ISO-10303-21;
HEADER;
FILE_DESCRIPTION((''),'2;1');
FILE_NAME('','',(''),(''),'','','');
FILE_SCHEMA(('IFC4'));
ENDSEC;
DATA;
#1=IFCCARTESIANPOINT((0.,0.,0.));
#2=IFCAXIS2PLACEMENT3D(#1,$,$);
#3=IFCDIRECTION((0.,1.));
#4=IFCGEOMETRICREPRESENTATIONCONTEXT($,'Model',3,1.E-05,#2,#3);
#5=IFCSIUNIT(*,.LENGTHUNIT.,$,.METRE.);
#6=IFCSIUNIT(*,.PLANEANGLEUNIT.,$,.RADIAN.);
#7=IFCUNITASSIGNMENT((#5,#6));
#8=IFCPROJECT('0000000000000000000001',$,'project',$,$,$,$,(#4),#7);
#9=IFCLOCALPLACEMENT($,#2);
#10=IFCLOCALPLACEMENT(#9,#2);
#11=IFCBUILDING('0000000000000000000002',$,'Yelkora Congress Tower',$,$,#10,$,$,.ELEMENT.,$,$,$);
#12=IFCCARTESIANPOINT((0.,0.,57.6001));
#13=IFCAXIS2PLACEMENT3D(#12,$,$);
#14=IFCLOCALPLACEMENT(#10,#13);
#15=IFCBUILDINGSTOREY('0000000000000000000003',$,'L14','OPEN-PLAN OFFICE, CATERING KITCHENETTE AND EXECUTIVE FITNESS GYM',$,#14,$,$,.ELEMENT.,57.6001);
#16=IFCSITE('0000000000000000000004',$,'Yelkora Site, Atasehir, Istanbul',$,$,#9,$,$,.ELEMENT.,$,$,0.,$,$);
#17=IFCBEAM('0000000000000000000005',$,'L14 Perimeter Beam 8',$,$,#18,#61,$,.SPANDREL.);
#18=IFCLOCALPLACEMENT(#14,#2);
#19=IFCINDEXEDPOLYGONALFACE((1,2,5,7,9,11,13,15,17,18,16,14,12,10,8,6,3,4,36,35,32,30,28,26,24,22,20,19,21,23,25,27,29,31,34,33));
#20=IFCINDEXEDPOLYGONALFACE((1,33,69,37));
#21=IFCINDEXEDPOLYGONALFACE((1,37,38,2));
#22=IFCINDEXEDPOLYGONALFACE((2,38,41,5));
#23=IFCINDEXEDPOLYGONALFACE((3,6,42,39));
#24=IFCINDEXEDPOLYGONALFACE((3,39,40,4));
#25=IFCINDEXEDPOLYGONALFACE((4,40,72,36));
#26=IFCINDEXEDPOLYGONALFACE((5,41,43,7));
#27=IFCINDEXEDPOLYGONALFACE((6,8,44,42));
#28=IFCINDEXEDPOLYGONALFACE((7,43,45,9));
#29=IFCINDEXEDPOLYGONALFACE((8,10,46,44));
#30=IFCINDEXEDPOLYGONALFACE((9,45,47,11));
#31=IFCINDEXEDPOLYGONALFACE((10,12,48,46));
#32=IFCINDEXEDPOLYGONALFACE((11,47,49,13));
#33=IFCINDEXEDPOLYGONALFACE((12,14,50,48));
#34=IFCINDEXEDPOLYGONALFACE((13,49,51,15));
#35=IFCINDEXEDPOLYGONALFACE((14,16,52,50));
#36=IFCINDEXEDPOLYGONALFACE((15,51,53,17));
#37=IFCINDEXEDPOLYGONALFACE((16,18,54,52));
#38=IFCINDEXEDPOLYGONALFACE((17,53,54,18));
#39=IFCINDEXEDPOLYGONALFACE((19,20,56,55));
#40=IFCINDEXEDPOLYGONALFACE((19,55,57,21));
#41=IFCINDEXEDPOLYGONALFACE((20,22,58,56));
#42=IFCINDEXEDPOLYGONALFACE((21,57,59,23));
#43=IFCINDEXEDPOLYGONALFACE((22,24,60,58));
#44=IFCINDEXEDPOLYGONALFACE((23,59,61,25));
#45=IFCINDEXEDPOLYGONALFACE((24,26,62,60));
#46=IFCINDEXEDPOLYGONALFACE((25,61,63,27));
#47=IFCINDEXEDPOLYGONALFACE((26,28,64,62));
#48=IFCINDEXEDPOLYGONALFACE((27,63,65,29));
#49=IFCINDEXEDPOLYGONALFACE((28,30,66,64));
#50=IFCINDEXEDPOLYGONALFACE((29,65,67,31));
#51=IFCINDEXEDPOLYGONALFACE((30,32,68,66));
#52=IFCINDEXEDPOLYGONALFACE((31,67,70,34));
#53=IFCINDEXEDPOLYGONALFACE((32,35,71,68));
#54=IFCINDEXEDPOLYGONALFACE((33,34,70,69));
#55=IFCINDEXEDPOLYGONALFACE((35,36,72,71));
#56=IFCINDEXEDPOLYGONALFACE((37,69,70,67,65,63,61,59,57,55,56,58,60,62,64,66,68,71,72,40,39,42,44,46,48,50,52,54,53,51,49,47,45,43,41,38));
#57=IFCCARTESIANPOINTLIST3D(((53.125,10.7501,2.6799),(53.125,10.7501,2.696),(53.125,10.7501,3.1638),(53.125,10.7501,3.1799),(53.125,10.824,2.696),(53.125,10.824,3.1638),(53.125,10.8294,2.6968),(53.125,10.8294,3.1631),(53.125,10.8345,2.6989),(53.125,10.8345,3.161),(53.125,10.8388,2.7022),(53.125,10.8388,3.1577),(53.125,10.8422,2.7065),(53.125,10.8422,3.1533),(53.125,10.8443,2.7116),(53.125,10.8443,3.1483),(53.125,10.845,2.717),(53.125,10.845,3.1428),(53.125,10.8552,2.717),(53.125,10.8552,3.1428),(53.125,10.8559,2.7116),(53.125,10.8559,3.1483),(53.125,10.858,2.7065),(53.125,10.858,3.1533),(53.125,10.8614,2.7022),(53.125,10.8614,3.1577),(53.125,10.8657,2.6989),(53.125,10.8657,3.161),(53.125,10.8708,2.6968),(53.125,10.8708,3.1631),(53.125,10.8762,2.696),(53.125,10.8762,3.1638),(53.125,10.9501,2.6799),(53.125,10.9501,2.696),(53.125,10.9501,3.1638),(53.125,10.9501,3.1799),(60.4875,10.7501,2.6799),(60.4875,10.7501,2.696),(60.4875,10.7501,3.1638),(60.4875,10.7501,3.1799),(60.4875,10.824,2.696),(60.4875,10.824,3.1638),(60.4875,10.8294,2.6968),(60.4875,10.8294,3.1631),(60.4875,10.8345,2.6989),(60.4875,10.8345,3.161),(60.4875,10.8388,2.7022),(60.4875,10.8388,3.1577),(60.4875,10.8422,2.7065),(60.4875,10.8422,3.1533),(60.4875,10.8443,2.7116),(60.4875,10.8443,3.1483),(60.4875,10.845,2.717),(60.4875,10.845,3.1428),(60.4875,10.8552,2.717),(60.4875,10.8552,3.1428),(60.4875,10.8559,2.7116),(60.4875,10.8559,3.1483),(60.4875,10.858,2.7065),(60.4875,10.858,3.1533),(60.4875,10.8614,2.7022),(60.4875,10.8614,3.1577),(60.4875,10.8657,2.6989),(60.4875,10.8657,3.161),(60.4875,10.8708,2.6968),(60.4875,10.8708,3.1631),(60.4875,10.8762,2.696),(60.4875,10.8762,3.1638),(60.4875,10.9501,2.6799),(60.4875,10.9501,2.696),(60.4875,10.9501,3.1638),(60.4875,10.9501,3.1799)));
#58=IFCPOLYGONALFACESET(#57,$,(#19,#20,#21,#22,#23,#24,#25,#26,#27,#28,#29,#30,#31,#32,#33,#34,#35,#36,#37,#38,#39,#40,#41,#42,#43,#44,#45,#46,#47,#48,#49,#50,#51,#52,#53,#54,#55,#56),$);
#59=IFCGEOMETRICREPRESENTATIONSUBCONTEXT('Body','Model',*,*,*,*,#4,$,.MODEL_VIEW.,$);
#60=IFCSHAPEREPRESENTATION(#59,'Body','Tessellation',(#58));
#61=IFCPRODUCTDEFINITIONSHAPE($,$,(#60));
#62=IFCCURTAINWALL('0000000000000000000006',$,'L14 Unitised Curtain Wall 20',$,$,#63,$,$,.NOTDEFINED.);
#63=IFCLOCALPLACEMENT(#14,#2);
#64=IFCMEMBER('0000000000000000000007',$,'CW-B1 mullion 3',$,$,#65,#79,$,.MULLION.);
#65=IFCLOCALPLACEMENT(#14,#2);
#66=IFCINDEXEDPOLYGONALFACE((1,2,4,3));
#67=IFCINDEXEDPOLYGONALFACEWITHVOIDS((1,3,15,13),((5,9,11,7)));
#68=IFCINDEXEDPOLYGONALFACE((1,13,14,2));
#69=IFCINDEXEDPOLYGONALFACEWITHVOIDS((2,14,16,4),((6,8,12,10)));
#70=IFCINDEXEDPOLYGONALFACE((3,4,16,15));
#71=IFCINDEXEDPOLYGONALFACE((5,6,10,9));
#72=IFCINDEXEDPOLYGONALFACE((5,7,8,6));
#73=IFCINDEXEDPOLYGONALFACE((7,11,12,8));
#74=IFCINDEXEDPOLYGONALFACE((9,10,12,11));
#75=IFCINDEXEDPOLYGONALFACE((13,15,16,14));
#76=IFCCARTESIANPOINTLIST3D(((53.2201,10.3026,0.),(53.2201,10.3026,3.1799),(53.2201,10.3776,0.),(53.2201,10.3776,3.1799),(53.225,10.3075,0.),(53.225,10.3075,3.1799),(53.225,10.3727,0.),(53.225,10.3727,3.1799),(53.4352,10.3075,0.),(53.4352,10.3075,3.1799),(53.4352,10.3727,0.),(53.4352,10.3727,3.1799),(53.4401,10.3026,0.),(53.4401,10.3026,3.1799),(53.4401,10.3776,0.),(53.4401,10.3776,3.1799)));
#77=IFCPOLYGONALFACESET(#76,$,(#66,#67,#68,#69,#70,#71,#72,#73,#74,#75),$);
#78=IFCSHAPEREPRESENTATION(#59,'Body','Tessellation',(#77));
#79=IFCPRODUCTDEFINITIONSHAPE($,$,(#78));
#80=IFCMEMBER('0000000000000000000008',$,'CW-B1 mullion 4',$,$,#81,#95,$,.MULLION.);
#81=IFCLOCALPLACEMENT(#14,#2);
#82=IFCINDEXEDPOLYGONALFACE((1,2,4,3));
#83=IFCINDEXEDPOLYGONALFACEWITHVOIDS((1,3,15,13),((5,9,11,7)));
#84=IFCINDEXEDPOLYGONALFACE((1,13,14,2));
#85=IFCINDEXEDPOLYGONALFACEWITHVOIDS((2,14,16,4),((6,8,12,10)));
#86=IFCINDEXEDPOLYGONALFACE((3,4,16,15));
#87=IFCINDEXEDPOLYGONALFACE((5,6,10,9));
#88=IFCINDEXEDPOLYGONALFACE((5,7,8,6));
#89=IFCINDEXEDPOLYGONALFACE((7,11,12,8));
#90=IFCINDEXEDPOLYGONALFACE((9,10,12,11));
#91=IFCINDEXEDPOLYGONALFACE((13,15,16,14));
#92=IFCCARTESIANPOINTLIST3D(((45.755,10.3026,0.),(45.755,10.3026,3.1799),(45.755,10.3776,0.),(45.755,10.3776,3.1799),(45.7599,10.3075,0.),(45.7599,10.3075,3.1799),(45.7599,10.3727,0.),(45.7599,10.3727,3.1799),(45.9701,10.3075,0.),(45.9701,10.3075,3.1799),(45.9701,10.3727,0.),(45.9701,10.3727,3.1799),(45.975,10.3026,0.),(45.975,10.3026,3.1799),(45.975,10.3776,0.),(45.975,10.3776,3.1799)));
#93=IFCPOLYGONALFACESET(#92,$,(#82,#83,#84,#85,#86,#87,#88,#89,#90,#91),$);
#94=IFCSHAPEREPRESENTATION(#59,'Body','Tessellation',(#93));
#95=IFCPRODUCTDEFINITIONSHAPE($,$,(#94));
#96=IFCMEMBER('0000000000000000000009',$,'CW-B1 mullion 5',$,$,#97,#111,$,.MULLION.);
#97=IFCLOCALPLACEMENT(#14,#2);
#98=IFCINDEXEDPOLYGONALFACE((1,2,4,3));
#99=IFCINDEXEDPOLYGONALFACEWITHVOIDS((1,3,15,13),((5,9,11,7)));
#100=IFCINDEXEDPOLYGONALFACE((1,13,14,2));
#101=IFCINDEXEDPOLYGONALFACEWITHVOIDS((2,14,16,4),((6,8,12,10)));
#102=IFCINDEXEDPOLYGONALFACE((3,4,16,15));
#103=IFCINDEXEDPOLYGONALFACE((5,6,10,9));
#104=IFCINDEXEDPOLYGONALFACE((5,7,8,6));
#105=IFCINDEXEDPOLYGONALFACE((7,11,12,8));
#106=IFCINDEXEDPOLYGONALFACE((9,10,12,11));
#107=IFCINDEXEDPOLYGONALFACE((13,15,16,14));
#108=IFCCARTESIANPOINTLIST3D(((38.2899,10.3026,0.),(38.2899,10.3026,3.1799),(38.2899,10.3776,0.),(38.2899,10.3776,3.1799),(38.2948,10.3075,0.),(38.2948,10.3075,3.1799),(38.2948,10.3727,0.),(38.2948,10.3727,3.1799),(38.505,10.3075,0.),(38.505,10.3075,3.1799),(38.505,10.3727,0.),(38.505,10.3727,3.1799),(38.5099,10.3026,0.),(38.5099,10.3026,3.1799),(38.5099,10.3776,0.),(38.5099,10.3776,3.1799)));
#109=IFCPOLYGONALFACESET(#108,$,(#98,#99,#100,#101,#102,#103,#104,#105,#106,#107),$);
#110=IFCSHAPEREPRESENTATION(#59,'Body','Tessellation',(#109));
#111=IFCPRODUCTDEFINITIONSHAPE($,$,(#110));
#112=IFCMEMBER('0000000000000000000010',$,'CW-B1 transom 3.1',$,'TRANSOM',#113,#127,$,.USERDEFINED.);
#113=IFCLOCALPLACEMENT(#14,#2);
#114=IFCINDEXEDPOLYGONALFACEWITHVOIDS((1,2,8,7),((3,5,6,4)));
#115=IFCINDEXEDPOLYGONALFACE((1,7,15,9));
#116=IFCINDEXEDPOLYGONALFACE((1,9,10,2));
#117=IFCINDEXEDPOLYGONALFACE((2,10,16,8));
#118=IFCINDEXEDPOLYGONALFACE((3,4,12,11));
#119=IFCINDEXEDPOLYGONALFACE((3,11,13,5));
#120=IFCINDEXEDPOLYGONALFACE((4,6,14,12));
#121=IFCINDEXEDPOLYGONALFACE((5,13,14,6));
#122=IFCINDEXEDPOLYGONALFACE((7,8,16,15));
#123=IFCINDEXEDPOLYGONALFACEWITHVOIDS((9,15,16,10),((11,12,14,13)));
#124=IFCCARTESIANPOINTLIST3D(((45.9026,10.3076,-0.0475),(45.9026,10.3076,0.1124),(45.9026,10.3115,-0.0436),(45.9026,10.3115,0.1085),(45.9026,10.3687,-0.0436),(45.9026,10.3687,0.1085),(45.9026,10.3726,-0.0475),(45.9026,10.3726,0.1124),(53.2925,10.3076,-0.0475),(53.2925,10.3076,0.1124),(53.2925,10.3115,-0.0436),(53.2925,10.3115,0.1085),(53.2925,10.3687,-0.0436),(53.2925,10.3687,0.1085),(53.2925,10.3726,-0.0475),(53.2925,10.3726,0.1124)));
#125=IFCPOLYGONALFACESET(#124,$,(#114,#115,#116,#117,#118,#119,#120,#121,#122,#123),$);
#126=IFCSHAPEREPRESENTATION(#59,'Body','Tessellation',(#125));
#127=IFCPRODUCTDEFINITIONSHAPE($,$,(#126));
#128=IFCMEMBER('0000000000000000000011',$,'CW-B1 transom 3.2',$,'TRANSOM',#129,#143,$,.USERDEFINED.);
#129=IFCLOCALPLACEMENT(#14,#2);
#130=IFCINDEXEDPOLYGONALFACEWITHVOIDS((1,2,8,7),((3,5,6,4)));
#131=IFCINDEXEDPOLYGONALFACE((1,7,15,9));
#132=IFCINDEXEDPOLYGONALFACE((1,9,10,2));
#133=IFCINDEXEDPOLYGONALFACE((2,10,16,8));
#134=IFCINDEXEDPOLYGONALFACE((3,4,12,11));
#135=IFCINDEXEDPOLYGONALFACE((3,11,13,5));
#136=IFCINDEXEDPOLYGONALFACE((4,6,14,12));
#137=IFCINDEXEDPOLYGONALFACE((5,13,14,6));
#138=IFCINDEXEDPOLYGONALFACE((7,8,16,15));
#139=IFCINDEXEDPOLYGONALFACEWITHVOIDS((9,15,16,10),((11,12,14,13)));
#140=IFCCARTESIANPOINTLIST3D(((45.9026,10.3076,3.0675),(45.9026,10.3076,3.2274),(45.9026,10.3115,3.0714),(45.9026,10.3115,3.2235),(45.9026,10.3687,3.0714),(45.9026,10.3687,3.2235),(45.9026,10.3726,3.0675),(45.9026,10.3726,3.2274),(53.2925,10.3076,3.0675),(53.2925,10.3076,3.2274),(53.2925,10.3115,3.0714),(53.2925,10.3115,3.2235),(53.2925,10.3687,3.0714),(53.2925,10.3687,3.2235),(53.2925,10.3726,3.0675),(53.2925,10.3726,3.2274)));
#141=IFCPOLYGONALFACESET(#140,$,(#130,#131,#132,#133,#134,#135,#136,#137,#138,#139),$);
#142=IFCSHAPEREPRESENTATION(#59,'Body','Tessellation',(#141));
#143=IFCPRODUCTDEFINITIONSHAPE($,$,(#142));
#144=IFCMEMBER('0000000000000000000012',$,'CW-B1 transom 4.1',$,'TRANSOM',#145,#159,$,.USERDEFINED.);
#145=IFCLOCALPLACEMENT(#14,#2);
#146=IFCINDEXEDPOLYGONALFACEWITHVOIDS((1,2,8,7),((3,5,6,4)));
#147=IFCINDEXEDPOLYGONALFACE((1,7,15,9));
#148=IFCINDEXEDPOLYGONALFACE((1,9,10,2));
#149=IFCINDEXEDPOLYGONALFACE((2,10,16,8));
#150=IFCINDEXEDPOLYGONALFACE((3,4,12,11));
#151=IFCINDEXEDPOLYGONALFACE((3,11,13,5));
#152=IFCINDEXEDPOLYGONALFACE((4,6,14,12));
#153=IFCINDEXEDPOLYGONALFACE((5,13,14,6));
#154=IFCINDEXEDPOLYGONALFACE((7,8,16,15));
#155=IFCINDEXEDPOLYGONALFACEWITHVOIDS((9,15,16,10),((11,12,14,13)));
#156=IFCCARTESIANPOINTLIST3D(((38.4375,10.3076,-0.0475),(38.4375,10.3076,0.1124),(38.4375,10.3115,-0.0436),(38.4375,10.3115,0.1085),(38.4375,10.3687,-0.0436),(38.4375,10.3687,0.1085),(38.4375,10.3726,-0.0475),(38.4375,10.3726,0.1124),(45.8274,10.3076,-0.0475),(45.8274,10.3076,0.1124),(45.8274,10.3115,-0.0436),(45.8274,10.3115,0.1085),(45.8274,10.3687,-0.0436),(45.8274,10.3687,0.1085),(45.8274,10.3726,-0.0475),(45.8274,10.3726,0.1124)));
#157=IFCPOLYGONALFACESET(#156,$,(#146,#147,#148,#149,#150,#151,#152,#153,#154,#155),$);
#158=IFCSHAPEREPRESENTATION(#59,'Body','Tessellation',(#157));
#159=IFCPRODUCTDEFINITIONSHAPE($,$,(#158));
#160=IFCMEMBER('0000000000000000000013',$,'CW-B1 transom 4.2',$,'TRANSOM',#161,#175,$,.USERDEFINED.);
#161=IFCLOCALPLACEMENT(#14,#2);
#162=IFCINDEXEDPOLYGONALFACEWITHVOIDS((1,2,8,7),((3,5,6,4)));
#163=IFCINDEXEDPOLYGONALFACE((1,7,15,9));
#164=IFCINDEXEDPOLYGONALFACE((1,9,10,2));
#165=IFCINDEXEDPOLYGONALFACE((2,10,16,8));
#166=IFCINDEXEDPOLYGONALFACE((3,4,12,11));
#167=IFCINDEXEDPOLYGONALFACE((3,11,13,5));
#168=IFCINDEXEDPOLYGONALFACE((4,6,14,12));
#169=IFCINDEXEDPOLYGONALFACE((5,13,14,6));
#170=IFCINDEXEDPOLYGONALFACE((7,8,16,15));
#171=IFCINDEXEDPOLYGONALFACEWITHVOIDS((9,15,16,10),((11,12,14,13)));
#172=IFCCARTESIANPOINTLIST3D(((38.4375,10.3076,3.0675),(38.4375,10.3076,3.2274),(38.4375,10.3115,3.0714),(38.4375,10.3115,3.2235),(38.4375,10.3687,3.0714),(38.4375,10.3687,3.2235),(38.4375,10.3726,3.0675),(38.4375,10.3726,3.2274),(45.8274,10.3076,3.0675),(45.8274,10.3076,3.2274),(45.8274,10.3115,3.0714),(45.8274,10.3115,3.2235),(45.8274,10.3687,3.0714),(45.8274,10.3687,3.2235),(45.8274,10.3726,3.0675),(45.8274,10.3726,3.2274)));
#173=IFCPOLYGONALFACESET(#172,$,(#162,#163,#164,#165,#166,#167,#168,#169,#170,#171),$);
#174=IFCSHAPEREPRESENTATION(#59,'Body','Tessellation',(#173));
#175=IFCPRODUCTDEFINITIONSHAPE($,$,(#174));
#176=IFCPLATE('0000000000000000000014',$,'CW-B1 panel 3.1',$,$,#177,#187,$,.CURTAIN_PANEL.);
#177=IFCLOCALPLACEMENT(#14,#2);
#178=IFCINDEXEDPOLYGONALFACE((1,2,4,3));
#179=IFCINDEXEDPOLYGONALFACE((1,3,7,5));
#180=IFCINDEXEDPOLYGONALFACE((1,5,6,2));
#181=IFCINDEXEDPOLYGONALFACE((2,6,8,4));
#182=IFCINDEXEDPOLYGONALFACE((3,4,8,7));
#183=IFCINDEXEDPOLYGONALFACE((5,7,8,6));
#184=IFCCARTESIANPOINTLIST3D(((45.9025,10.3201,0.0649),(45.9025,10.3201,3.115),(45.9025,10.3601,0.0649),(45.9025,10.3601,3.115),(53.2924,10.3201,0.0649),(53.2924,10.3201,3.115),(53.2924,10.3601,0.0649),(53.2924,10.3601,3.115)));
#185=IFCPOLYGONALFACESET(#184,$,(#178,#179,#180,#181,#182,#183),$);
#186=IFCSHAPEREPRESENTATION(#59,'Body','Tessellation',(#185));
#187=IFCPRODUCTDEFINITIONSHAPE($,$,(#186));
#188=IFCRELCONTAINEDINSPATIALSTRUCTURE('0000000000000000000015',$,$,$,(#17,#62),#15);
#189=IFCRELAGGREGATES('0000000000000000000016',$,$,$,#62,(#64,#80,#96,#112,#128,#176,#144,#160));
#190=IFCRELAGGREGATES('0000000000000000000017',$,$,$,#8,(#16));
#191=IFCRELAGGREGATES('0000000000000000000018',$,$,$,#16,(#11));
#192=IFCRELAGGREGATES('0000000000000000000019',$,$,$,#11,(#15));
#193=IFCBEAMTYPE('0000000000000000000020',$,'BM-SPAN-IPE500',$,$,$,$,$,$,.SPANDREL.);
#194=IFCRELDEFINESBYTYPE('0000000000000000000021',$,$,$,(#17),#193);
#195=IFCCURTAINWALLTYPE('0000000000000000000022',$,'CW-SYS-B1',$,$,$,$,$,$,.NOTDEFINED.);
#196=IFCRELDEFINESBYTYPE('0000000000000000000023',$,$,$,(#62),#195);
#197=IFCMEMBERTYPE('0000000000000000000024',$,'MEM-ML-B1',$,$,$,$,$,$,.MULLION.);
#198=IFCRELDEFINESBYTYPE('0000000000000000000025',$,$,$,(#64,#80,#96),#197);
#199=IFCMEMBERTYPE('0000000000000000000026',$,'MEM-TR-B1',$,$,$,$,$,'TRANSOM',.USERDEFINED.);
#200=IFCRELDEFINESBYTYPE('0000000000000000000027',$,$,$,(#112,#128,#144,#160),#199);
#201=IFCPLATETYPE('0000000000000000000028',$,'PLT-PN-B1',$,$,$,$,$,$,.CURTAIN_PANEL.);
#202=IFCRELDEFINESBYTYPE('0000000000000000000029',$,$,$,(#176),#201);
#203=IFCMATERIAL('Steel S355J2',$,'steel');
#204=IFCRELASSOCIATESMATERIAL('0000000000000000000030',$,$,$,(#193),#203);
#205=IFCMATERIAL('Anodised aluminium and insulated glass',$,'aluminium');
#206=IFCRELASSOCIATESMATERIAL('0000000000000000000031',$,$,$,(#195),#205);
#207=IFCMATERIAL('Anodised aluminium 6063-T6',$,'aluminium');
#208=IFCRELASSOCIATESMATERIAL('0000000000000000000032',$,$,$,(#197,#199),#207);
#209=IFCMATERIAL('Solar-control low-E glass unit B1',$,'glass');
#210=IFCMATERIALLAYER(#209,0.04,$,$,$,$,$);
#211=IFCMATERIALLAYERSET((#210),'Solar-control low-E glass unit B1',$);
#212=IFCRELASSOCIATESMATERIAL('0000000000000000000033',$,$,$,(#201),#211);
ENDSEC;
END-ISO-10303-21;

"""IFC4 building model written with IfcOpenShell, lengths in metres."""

from ifc_helpers import new_model, si_unit, direction, frame, origin, origin_2d, place, context, subcontext, project, spatial, rectangle, hollow_rectangle, i_section, extrude, material, layer, layer_set, material_profile, profile_set, type_object, element, aggregate, save


model = new_model("IFC4")

# Units and contexts
model_context = context("Model", 3, precision=1e-05, world=origin(), true_north=direction((0.0, 1.0)))
body_context = subcontext(model_context, "Body", "Model", "MODEL_VIEW")
ifc_project = project(units=[si_unit("LENGTHUNIT", "METRE"), si_unit("PLANEANGLEUNIT", "RADIAN")], contexts=[model_context])

# Site, building, storey
site_placement = place(None, origin())
site = spatial("IfcSite", under=ifc_project, at=site_placement, Name="Yelkora Site, Atasehir, Istanbul", CompositionType="ELEMENT", RefElevation=0.0)
building_placement = place(site_placement, origin())
building = spatial("IfcBuilding", under=site, at=building_placement, Name="Yelkora Congress Tower", CompositionType="ELEMENT")
storey_placement = place(building_placement, frame((0.0, 0.0, 57.6001)))
storey = spatial("IfcBuildingStorey", under=building, at=storey_placement, Name="L14", Description="OPEN-PLAN OFFICE, CATERING KITCHENETTE AND EXECUTIVE FITNESS GYM", CompositionType="ELEMENT", Elevation=57.6001)

# Beam
ifc_material_1 = material(Name="Steel S355J2", Category="steel")
ifc_material_profile_1 = material_profile(ifc_material_1, i_section(OverallWidth=0.2, OverallDepth=0.5, WebThickness=0.0103, FlangeThickness=0.0161, FilletRadius=0.021, at=origin_2d()), Name="IPE 500")
ifc_profile_set_1 = profile_set([ifc_material_profile_1], Name="Steel S355J2")
beam_type_1 = type_object("IfcBeamType", Name="BM-SPAN-IPE500", PredefinedType="SPANDREL", material=ifc_profile_set_1)
for number, where, z_axis, x_axis, name in (
    (1, (53.125, 10.8501, 2.9299), (1.0, 0.0, 0.0), (0.0, 1.0, 0.0), "L14 Perimeter Beam 8"),
):
    element("IfcBeam", number, at=place(storey_placement, frame(where, z_axis=z_axis, x_axis=x_axis)), inside=storey, type_object=beam_type_1, Name=name, PredefinedType="SPANDREL", context=body_context, shape_type="SweptSolid", body=[
        extrude(i_section(OverallWidth=0.2, OverallDepth=0.5, WebThickness=0.0103, FlangeThickness=0.0161, FilletRadius=0.021, at=origin_2d()), origin(), (0.0, 0.0, 1.0), 7.3625),
    ])

# Curtain wall, members, plate
ifc_material_2 = material(Name="Anodised aluminium and insulated glass", Category="aluminium")
curtain_wall_type = type_object("IfcCurtainWallType", Name="CW-SYS-B1", PredefinedType="NOTDEFINED", material=ifc_material_2)
curtain_wall_placement = place(storey_placement, origin())
curtain_wall = element("IfcCurtainWall", 2, at=curtain_wall_placement, inside=storey, type_object=curtain_wall_type, Name="L14 Unitised Curtain Wall 20", PredefinedType="NOTDEFINED")
ifc_material_3 = material(Name="Anodised aluminium 6063-T6", Category="aluminium")
ifc_material_profile_2 = material_profile(ifc_material_3, hollow_rectangle(XDim=0.075, YDim=0.22, WallThickness=0.0049, at=origin_2d()), Name="ALU 75x220x5")
ifc_profile_set_2 = profile_set([ifc_material_profile_2], Name="Anodised aluminium 6063-T6")
member_type_1 = type_object("IfcMemberType", Name="MEM-ML-B1", PredefinedType="MULLION", material=ifc_profile_set_2)
member_1_placement = place(storey_placement, frame((53.3301, 10.3401, 0.0), z_axis=(0.0, 0.0, 1.0), x_axis=(0.0, -1.0, 0.0)))
member_1 = element("IfcMember", 3, at=member_1_placement, type_object=member_type_1, Name="CW-B1 mullion 3", PredefinedType="MULLION", context=body_context, shape_type="SweptSolid", body=[
    extrude(hollow_rectangle(XDim=0.075, YDim=0.22, WallThickness=0.0049, at=origin_2d()), origin(), (0.0, 0.0, 1.0), 3.1799),
])
member_2_placement = place(storey_placement, frame((45.865, 10.3401, 0.0), z_axis=(0.0, 0.0, 1.0), x_axis=(0.0, -1.0, 0.0)))
member_2 = element("IfcMember", 4, at=member_2_placement, type_object=member_type_1, Name="CW-B1 mullion 4", PredefinedType="MULLION", context=body_context, shape_type="SweptSolid", body=[
    extrude(hollow_rectangle(XDim=0.075, YDim=0.22, WallThickness=0.0049, at=origin_2d()), origin(), (0.0, 0.0, 1.0), 3.1799),
])
member_3_placement = place(storey_placement, frame((38.3999, 10.3401, 0.0), z_axis=(0.0, 0.0, 1.0), x_axis=(0.0, -1.0, 0.0)))
member_3 = element("IfcMember", 5, at=member_3_placement, type_object=member_type_1, Name="CW-B1 mullion 5", PredefinedType="MULLION", context=body_context, shape_type="SweptSolid", body=[
    extrude(hollow_rectangle(XDim=0.075, YDim=0.22, WallThickness=0.0049, at=origin_2d()), origin(), (0.0, 0.0, 1.0), 3.1799),
])
ifc_material_profile_3 = material_profile(ifc_material_3, hollow_rectangle(XDim=0.0649, YDim=0.1599, WallThickness=0.0039, at=origin_2d()), Name="ALU 65x160x4")
ifc_profile_set_3 = profile_set([ifc_material_profile_3], Name="Anodised aluminium 6063-T6")
member_type_2 = type_object("IfcMemberType", Name="MEM-TR-B1", ElementType="TRANSOM", PredefinedType="USERDEFINED", material=ifc_profile_set_3)
member_4_placement = place(storey_placement, frame((53.2925, 10.3401, 0.0325), z_axis=(-1.0, 0.0, 0.0), x_axis=(0.0, -1.0, 0.0)))
member_4 = element("IfcMember", 6, at=member_4_placement, type_object=member_type_2, Name="CW-B1 transom 3.1", ObjectType="TRANSOM", PredefinedType="USERDEFINED", context=body_context, shape_type="SweptSolid", body=[
    extrude(hollow_rectangle(XDim=0.0649, YDim=0.1599, WallThickness=0.0039, at=origin_2d()), origin(), (0.0, 0.0, 1.0), 7.3899),
])
member_5_placement = place(storey_placement, frame((53.2925, 10.3401, 3.1475), z_axis=(-1.0, 0.0, 0.0), x_axis=(0.0, -1.0, 0.0)))
member_5 = element("IfcMember", 7, at=member_5_placement, type_object=member_type_2, Name="CW-B1 transom 3.2", ObjectType="TRANSOM", PredefinedType="USERDEFINED", context=body_context, shape_type="SweptSolid", body=[
    extrude(hollow_rectangle(XDim=0.0649, YDim=0.1599, WallThickness=0.0039, at=origin_2d()), origin(), (0.0, 0.0, 1.0), 7.3899),
])
member_6_placement = place(storey_placement, frame((45.8274, 10.3401, 0.0325), z_axis=(-1.0, 0.0, 0.0), x_axis=(0.0, -1.0, 0.0)))
member_6 = element("IfcMember", 8, at=member_6_placement, type_object=member_type_2, Name="CW-B1 transom 4.1", ObjectType="TRANSOM", PredefinedType="USERDEFINED", context=body_context, shape_type="SweptSolid", body=[
    extrude(hollow_rectangle(XDim=0.0649, YDim=0.1599, WallThickness=0.0039, at=origin_2d()), origin(), (0.0, 0.0, 1.0), 7.3899),
])
member_7_placement = place(storey_placement, frame((45.8274, 10.3401, 3.1475), z_axis=(-1.0, 0.0, 0.0), x_axis=(0.0, -1.0, 0.0)))
member_7 = element("IfcMember", 9, at=member_7_placement, type_object=member_type_2, Name="CW-B1 transom 4.2", ObjectType="TRANSOM", PredefinedType="USERDEFINED", context=body_context, shape_type="SweptSolid", body=[
    extrude(hollow_rectangle(XDim=0.0649, YDim=0.1599, WallThickness=0.0039, at=origin_2d()), origin(), (0.0, 0.0, 1.0), 7.3899),
])
ifc_material_4 = material(Name="Solar-control low-E glass unit B1", Category="glass")
ifc_layer_1 = layer(ifc_material_4, 0.04)
ifc_layer_set_1 = layer_set([ifc_layer_1], Name="Solar-control low-E glass unit B1")
plate_type = type_object("IfcPlateType", Name="PLT-PN-B1", PredefinedType="CURTAIN_PANEL", material=ifc_layer_set_1)
plate_1_placement = place(storey_placement, frame((49.5974, 10.3401, 0.0649), z_axis=(0.0, 0.0, 1.0), x_axis=(-1.0, 0.0, 0.0)))
plate_1 = element("IfcPlate", 10, at=plate_1_placement, type_object=plate_type, Name="CW-B1 panel 3.1", PredefinedType="CURTAIN_PANEL", context=body_context, shape_type="SweptSolid", body=[
    extrude(rectangle(XDim=7.3899, YDim=0.04, at=origin_2d()), origin(), (0.0, 0.0, 1.0), 3.05),
])
aggregate(curtain_wall, [member_1, member_2, member_3, member_4, member_5, plate_1, member_6, member_7])

save(model, "model.ifc")
